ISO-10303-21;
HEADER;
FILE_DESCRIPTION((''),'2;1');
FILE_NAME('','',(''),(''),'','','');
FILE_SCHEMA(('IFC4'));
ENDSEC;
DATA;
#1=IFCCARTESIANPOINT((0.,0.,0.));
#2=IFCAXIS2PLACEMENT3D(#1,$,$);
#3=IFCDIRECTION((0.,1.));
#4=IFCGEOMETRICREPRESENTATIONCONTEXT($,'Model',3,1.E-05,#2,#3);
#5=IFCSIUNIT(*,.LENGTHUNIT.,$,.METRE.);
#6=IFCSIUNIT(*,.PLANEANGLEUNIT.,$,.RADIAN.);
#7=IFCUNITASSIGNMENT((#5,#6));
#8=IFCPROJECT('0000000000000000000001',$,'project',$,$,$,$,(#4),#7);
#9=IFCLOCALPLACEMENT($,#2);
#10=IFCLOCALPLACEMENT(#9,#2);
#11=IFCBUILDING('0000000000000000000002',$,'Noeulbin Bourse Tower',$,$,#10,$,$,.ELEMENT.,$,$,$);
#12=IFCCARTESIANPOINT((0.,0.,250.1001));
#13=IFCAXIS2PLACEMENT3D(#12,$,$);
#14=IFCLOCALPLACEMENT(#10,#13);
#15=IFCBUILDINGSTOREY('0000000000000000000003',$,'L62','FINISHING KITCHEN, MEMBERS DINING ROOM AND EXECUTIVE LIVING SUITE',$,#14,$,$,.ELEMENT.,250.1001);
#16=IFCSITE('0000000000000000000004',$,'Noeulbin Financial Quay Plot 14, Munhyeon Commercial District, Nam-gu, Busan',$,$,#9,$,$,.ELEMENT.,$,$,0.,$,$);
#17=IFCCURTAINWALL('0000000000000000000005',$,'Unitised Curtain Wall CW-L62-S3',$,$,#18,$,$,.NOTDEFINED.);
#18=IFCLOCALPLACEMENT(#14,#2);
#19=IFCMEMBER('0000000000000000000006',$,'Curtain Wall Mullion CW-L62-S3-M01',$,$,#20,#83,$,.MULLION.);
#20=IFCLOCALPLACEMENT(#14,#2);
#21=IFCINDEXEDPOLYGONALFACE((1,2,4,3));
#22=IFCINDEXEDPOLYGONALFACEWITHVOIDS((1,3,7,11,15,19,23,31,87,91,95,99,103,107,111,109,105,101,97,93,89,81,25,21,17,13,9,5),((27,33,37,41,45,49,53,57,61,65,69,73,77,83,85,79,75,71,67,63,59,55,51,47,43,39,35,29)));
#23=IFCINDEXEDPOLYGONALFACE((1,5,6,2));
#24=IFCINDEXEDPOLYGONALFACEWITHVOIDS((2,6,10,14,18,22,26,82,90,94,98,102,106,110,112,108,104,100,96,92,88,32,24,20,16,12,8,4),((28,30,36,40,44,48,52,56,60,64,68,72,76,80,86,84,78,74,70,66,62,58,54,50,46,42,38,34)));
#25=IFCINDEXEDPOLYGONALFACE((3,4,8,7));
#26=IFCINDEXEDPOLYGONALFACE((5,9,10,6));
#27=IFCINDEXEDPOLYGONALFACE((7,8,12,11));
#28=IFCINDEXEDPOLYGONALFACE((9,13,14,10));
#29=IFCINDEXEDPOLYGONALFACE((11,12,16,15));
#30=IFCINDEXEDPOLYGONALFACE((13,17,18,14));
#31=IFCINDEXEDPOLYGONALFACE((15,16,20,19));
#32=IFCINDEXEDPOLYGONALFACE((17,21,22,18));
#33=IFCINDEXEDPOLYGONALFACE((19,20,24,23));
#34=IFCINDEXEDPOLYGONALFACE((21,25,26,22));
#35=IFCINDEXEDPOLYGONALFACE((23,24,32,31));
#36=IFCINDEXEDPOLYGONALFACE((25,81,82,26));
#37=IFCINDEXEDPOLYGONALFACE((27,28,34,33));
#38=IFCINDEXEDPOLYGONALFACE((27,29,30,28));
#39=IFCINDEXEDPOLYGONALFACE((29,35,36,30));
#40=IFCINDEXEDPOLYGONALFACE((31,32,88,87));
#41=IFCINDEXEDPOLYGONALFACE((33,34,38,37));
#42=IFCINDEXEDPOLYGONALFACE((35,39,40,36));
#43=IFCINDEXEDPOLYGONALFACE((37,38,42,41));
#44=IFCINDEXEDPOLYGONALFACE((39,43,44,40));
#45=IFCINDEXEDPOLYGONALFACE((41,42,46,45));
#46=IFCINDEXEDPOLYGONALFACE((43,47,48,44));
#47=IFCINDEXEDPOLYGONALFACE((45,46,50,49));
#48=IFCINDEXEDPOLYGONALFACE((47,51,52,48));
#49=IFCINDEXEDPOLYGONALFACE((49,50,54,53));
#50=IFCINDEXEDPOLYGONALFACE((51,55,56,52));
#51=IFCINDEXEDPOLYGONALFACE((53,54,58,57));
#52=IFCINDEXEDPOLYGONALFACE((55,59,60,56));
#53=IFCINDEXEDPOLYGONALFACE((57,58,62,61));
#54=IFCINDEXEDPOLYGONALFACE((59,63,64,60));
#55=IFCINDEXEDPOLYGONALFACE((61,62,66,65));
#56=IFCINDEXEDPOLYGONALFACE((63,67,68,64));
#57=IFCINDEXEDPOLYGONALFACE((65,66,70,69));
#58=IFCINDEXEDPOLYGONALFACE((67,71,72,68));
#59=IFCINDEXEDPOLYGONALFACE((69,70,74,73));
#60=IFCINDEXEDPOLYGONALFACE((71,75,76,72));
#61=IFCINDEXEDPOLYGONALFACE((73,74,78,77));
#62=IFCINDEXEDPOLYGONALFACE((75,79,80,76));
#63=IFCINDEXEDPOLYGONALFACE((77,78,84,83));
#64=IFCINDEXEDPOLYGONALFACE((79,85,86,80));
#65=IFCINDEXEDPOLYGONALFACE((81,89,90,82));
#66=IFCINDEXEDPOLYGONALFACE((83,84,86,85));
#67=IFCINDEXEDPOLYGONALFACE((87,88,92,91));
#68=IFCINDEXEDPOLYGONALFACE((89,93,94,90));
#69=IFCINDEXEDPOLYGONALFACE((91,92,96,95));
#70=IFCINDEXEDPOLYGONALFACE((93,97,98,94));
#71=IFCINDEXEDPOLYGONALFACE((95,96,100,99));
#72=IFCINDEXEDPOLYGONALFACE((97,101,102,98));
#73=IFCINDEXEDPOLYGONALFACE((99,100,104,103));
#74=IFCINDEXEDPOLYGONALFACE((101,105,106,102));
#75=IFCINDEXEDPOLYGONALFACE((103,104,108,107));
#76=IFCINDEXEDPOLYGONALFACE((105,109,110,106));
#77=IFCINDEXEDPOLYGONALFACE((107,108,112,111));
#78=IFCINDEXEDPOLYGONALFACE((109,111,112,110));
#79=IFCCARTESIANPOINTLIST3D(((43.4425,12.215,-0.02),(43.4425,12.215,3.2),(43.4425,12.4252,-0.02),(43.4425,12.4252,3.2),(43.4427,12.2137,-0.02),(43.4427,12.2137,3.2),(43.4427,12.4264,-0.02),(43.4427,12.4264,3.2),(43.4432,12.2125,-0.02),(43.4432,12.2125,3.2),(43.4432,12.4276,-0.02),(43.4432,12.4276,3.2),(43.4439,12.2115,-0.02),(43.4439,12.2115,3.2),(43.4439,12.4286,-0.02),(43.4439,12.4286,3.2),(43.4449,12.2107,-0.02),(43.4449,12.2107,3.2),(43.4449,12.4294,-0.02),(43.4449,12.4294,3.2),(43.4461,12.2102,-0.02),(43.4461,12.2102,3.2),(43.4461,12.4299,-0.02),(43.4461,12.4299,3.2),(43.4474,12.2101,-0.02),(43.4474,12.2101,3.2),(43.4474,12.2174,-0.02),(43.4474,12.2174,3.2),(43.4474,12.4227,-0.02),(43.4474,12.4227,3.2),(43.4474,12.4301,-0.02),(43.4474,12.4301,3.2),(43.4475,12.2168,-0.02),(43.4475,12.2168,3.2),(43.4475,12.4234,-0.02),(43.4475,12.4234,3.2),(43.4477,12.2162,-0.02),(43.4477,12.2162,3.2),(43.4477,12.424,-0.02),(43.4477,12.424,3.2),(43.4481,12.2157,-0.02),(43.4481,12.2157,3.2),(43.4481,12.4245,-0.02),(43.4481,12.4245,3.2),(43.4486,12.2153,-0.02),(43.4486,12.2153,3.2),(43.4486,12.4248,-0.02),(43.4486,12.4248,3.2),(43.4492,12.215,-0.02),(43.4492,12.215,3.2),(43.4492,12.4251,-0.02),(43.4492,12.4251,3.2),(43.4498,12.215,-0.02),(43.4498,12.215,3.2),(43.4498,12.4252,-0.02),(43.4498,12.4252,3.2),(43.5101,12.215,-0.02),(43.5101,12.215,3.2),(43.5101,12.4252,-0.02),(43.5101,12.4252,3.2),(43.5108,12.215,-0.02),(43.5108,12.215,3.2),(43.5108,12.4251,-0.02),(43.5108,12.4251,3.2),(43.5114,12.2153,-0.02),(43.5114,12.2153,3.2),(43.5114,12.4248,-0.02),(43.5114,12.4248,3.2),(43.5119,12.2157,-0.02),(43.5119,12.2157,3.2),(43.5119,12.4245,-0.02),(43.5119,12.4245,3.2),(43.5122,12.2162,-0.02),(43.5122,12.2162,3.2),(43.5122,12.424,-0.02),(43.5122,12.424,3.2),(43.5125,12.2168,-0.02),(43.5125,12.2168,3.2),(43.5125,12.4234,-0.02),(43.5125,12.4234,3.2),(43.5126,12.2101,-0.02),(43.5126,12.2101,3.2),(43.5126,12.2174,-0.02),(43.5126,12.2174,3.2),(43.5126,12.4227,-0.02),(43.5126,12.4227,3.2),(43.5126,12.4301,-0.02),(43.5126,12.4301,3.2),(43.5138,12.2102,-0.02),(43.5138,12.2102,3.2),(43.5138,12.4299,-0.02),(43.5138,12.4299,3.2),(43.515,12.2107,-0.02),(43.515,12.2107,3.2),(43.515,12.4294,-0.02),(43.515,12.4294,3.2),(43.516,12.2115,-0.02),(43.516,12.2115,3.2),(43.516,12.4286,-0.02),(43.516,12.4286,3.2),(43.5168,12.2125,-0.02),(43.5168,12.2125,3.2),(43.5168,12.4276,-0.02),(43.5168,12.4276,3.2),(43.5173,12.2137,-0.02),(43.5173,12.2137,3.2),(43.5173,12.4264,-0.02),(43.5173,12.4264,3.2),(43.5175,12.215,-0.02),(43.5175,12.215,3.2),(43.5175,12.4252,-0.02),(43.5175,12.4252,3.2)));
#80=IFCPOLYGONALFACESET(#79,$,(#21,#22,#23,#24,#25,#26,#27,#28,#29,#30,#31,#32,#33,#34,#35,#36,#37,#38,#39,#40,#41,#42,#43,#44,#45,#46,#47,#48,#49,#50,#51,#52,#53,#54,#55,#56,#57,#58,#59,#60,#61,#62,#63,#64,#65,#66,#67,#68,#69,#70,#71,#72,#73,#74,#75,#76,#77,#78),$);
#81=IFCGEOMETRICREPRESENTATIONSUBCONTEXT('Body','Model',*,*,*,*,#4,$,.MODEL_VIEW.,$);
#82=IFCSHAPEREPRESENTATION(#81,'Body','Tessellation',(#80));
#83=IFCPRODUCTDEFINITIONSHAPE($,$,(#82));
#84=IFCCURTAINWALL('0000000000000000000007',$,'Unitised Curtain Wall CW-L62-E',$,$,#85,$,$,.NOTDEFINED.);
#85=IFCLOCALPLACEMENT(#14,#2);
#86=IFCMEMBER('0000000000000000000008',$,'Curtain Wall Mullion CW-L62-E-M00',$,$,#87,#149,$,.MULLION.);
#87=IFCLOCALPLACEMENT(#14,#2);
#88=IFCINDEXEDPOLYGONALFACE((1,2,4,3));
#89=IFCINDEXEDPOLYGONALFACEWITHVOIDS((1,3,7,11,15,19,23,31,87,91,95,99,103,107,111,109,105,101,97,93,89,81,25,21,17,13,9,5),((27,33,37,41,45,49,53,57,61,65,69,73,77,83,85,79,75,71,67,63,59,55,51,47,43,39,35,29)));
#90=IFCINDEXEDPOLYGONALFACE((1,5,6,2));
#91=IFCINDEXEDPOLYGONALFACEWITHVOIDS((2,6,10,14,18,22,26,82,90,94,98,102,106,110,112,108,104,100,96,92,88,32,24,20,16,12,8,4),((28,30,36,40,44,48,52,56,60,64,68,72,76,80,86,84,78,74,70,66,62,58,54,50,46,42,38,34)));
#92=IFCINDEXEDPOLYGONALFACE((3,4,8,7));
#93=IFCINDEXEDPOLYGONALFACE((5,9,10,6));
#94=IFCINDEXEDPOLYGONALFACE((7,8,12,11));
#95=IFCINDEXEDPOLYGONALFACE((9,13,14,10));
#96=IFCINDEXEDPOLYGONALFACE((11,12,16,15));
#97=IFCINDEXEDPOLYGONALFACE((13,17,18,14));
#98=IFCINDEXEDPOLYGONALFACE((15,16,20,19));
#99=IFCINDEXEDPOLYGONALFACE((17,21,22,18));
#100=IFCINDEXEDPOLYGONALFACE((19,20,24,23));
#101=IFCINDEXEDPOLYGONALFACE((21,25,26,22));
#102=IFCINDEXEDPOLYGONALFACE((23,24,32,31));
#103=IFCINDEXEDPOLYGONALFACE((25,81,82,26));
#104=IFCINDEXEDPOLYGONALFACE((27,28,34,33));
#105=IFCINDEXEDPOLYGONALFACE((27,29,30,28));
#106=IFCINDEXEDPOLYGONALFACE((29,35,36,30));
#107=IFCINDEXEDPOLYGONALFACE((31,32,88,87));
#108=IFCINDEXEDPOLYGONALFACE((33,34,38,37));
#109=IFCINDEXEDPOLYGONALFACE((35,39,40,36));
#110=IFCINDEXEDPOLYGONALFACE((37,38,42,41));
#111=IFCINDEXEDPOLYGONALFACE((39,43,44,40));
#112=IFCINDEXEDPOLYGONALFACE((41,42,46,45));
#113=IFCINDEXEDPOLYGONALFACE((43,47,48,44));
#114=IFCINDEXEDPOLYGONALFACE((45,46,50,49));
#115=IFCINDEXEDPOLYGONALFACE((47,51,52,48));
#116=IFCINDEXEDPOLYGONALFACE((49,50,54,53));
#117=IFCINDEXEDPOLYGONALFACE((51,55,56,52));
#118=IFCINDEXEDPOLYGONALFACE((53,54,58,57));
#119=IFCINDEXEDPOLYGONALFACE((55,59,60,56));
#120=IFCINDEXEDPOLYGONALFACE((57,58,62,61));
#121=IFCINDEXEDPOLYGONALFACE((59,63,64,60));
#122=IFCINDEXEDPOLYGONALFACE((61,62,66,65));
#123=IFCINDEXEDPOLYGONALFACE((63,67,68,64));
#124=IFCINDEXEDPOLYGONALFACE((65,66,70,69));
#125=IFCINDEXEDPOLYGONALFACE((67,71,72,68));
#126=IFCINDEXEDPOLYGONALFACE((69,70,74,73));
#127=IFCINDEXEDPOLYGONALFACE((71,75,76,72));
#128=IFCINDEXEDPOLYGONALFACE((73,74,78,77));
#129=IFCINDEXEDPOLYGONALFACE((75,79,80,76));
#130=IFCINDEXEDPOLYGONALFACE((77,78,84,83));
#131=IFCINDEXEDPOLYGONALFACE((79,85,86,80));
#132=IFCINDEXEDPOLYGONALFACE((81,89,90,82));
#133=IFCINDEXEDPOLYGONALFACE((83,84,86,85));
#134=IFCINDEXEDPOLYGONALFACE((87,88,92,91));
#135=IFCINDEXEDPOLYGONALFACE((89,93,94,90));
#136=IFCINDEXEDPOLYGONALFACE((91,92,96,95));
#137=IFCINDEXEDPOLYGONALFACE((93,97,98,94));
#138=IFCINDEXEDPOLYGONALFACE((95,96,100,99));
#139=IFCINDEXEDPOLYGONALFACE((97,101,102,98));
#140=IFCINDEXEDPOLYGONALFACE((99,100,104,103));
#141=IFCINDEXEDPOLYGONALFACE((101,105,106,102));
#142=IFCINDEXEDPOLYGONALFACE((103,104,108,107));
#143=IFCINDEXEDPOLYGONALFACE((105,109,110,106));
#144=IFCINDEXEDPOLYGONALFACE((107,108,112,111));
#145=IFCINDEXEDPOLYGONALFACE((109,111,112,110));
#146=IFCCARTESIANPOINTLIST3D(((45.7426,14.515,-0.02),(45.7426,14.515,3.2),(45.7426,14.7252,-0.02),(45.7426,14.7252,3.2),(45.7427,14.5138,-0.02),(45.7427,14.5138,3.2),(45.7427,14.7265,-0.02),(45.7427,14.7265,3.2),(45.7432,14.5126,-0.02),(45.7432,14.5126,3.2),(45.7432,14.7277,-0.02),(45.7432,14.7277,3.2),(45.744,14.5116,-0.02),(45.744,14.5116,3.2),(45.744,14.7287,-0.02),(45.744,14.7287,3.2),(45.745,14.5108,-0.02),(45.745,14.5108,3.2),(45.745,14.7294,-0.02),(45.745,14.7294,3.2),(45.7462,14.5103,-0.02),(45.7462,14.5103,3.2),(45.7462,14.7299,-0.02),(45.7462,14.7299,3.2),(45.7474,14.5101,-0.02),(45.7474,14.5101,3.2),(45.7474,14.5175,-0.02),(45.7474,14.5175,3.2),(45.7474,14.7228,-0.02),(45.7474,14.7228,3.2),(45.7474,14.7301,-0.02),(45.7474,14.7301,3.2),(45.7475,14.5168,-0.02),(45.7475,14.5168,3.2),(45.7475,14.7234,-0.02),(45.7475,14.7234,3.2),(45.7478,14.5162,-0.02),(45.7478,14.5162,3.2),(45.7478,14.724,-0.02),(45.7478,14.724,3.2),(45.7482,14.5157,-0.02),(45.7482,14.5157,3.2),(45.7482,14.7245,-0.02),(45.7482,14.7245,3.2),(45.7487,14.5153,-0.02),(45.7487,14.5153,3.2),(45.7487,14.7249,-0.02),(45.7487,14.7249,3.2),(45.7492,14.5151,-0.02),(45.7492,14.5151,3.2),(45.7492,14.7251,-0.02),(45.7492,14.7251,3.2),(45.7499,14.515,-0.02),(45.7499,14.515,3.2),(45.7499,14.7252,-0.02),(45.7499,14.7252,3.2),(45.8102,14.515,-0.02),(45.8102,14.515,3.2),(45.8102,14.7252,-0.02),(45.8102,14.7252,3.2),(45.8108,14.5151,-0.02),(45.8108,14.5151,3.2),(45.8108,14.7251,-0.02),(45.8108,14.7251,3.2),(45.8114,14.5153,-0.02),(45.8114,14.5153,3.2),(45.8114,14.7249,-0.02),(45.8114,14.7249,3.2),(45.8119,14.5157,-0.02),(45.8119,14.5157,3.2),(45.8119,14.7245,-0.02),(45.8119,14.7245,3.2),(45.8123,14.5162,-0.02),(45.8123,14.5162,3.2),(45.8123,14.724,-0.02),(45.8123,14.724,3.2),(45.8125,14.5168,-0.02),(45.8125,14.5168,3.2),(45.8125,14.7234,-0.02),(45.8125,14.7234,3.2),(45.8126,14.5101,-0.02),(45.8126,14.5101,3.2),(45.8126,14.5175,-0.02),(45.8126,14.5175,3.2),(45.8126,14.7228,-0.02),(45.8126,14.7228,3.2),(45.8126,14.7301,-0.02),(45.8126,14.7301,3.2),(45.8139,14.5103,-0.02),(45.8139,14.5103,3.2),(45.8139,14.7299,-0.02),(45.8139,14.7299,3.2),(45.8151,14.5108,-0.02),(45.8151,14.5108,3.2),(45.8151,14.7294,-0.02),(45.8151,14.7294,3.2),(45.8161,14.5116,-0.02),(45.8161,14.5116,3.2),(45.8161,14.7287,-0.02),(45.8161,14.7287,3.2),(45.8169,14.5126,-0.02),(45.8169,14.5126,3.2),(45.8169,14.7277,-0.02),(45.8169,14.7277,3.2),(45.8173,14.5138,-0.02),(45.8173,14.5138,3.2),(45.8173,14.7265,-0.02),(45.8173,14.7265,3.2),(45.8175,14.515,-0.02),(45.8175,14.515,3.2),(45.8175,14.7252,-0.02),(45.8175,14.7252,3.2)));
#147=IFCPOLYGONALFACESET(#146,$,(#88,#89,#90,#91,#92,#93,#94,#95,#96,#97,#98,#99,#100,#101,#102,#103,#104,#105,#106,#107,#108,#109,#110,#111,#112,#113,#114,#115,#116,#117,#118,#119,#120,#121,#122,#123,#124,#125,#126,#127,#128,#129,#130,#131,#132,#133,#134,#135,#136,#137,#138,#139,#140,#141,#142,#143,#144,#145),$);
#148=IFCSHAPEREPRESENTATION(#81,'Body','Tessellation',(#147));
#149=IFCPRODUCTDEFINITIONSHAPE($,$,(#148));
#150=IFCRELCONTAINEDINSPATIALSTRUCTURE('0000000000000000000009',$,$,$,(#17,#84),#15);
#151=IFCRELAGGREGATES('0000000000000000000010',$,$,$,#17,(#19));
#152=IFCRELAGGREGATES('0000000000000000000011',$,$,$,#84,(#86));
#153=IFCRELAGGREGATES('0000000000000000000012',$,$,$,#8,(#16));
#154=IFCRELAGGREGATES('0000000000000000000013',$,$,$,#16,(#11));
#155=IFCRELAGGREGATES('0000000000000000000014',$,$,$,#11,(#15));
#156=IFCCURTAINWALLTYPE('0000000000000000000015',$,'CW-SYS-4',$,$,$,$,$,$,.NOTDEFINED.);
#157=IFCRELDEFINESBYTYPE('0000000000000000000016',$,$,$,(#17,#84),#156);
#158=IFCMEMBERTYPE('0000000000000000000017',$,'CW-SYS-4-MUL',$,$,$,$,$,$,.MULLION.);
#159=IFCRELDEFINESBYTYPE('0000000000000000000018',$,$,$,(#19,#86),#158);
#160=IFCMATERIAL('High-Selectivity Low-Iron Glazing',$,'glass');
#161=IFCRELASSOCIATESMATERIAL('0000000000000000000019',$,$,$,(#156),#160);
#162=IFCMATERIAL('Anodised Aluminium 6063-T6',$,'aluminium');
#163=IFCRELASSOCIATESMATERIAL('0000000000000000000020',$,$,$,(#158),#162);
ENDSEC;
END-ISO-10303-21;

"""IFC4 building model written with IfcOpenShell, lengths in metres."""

from ifc_helpers import new_model, si_unit, direction, frame, origin, origin_2d, place, context, subcontext, project, spatial, hollow_rectangle, extrude, material, material_profile, profile_set, type_object, element, aggregate, save


model = new_model("IFC4")

# Units and contexts
model_context = context("Model", 3, precision=1e-05, world=origin(), true_north=direction((0.0, 1.0)))
body_context = subcontext(model_context, "Body", "Model", "MODEL_VIEW")
ifc_project = project(units=[si_unit("LENGTHUNIT", "METRE"), si_unit("PLANEANGLEUNIT", "RADIAN")], contexts=[model_context])

# Site, building, storey
site_placement = place(None, origin())
site = spatial("IfcSite", under=ifc_project, at=site_placement, Name="Noeulbin Financial Quay Plot 14, Munhyeon Commercial District, Nam-gu, Busan", CompositionType="ELEMENT", RefElevation=0.0)
building_placement = place(site_placement, origin())
building = spatial("IfcBuilding", under=site, at=building_placement, Name="Noeulbin Bourse Tower", CompositionType="ELEMENT")
storey_placement = place(building_placement, frame((0.0, 0.0, 250.1001)))
storey = spatial("IfcBuildingStorey", under=building, at=storey_placement, Name="L62", Description="FINISHING KITCHEN, MEMBERS DINING ROOM AND EXECUTIVE LIVING SUITE", CompositionType="ELEMENT", Elevation=250.1001)

# Curtain walls, members
ifc_material_1 = material(Name="High-Selectivity Low-Iron Glazing", Category="glass")
curtain_wall_type = type_object("IfcCurtainWallType", Name="CW-SYS-4", PredefinedType="NOTDEFINED", material=ifc_material_1)
curtain_wall_1_placement = place(storey_placement, origin())
curtain_wall_1 = element("IfcCurtainWall", 1, at=curtain_wall_1_placement, inside=storey, type_object=curtain_wall_type, Name="Unitised Curtain Wall CW-L62-S3", PredefinedType="NOTDEFINED")
ifc_material_2 = material(Name="Anodised Aluminium 6063-T6", Category="aluminium")
ifc_material_profile_1 = material_profile(ifc_material_2, hollow_rectangle(XDim=0.075, YDim=0.22, WallThickness=0.0049, InnerFilletRadius=0.0024, OuterFilletRadius=0.0049, at=origin_2d()), Name="ALU-MULL-75x220x5", Category="LoadBearing")
ifc_profile_set_1 = profile_set([ifc_material_profile_1], Name="Anodised Aluminium 6063-T6")
member_type_1 = type_object("IfcMemberType", Name="CW-SYS-4-MUL", PredefinedType="MULLION", material=ifc_profile_set_1)
member_1_placement = place(storey_placement, frame((43.48, 12.3201, -0.02), z_axis=(0.0, 0.0, 1.0), x_axis=(1.0, 0.0, 0.0)))
member_1 = element("IfcMember", 2, at=member_1_placement, type_object=member_type_1, Name="Curtain Wall Mullion CW-L62-S3-M01", PredefinedType="MULLION", context=body_context, shape_type="SweptSolid", body=[
    extrude(hollow_rectangle(XDim=0.075, YDim=0.22, WallThickness=0.0049, InnerFilletRadius=0.0024, OuterFilletRadius=0.0049, at=origin_2d()), origin(), (0.0, 0.0, 1.0), 3.22),
])
curtain_wall_2_placement = place(storey_placement, origin())
curtain_wall_2 = element("IfcCurtainWall", 3, at=curtain_wall_2_placement, inside=storey, type_object=curtain_wall_type, Name="Unitised Curtain Wall CW-L62-E", PredefinedType="NOTDEFINED")
member_2_placement = place(storey_placement, frame((45.78, 14.6201, -0.02), z_axis=(0.0, 0.0, 1.0), x_axis=(1.0, 0.0, 0.0)))
member_2 = element("IfcMember", 4, at=member_2_placement, type_object=member_type_1, Name="Curtain Wall Mullion CW-L62-E-M00", PredefinedType="MULLION", context=body_context, shape_type="SweptSolid", body=[
    extrude(hollow_rectangle(XDim=0.075, YDim=0.22, WallThickness=0.0049, InnerFilletRadius=0.0024, OuterFilletRadius=0.0049, at=origin_2d()), origin(), (0.0, 0.0, 1.0), 3.22),
])

aggregate(curtain_wall_1, [member_1])
aggregate(curtain_wall_2, [member_2])

save(model, "model.ifc")
